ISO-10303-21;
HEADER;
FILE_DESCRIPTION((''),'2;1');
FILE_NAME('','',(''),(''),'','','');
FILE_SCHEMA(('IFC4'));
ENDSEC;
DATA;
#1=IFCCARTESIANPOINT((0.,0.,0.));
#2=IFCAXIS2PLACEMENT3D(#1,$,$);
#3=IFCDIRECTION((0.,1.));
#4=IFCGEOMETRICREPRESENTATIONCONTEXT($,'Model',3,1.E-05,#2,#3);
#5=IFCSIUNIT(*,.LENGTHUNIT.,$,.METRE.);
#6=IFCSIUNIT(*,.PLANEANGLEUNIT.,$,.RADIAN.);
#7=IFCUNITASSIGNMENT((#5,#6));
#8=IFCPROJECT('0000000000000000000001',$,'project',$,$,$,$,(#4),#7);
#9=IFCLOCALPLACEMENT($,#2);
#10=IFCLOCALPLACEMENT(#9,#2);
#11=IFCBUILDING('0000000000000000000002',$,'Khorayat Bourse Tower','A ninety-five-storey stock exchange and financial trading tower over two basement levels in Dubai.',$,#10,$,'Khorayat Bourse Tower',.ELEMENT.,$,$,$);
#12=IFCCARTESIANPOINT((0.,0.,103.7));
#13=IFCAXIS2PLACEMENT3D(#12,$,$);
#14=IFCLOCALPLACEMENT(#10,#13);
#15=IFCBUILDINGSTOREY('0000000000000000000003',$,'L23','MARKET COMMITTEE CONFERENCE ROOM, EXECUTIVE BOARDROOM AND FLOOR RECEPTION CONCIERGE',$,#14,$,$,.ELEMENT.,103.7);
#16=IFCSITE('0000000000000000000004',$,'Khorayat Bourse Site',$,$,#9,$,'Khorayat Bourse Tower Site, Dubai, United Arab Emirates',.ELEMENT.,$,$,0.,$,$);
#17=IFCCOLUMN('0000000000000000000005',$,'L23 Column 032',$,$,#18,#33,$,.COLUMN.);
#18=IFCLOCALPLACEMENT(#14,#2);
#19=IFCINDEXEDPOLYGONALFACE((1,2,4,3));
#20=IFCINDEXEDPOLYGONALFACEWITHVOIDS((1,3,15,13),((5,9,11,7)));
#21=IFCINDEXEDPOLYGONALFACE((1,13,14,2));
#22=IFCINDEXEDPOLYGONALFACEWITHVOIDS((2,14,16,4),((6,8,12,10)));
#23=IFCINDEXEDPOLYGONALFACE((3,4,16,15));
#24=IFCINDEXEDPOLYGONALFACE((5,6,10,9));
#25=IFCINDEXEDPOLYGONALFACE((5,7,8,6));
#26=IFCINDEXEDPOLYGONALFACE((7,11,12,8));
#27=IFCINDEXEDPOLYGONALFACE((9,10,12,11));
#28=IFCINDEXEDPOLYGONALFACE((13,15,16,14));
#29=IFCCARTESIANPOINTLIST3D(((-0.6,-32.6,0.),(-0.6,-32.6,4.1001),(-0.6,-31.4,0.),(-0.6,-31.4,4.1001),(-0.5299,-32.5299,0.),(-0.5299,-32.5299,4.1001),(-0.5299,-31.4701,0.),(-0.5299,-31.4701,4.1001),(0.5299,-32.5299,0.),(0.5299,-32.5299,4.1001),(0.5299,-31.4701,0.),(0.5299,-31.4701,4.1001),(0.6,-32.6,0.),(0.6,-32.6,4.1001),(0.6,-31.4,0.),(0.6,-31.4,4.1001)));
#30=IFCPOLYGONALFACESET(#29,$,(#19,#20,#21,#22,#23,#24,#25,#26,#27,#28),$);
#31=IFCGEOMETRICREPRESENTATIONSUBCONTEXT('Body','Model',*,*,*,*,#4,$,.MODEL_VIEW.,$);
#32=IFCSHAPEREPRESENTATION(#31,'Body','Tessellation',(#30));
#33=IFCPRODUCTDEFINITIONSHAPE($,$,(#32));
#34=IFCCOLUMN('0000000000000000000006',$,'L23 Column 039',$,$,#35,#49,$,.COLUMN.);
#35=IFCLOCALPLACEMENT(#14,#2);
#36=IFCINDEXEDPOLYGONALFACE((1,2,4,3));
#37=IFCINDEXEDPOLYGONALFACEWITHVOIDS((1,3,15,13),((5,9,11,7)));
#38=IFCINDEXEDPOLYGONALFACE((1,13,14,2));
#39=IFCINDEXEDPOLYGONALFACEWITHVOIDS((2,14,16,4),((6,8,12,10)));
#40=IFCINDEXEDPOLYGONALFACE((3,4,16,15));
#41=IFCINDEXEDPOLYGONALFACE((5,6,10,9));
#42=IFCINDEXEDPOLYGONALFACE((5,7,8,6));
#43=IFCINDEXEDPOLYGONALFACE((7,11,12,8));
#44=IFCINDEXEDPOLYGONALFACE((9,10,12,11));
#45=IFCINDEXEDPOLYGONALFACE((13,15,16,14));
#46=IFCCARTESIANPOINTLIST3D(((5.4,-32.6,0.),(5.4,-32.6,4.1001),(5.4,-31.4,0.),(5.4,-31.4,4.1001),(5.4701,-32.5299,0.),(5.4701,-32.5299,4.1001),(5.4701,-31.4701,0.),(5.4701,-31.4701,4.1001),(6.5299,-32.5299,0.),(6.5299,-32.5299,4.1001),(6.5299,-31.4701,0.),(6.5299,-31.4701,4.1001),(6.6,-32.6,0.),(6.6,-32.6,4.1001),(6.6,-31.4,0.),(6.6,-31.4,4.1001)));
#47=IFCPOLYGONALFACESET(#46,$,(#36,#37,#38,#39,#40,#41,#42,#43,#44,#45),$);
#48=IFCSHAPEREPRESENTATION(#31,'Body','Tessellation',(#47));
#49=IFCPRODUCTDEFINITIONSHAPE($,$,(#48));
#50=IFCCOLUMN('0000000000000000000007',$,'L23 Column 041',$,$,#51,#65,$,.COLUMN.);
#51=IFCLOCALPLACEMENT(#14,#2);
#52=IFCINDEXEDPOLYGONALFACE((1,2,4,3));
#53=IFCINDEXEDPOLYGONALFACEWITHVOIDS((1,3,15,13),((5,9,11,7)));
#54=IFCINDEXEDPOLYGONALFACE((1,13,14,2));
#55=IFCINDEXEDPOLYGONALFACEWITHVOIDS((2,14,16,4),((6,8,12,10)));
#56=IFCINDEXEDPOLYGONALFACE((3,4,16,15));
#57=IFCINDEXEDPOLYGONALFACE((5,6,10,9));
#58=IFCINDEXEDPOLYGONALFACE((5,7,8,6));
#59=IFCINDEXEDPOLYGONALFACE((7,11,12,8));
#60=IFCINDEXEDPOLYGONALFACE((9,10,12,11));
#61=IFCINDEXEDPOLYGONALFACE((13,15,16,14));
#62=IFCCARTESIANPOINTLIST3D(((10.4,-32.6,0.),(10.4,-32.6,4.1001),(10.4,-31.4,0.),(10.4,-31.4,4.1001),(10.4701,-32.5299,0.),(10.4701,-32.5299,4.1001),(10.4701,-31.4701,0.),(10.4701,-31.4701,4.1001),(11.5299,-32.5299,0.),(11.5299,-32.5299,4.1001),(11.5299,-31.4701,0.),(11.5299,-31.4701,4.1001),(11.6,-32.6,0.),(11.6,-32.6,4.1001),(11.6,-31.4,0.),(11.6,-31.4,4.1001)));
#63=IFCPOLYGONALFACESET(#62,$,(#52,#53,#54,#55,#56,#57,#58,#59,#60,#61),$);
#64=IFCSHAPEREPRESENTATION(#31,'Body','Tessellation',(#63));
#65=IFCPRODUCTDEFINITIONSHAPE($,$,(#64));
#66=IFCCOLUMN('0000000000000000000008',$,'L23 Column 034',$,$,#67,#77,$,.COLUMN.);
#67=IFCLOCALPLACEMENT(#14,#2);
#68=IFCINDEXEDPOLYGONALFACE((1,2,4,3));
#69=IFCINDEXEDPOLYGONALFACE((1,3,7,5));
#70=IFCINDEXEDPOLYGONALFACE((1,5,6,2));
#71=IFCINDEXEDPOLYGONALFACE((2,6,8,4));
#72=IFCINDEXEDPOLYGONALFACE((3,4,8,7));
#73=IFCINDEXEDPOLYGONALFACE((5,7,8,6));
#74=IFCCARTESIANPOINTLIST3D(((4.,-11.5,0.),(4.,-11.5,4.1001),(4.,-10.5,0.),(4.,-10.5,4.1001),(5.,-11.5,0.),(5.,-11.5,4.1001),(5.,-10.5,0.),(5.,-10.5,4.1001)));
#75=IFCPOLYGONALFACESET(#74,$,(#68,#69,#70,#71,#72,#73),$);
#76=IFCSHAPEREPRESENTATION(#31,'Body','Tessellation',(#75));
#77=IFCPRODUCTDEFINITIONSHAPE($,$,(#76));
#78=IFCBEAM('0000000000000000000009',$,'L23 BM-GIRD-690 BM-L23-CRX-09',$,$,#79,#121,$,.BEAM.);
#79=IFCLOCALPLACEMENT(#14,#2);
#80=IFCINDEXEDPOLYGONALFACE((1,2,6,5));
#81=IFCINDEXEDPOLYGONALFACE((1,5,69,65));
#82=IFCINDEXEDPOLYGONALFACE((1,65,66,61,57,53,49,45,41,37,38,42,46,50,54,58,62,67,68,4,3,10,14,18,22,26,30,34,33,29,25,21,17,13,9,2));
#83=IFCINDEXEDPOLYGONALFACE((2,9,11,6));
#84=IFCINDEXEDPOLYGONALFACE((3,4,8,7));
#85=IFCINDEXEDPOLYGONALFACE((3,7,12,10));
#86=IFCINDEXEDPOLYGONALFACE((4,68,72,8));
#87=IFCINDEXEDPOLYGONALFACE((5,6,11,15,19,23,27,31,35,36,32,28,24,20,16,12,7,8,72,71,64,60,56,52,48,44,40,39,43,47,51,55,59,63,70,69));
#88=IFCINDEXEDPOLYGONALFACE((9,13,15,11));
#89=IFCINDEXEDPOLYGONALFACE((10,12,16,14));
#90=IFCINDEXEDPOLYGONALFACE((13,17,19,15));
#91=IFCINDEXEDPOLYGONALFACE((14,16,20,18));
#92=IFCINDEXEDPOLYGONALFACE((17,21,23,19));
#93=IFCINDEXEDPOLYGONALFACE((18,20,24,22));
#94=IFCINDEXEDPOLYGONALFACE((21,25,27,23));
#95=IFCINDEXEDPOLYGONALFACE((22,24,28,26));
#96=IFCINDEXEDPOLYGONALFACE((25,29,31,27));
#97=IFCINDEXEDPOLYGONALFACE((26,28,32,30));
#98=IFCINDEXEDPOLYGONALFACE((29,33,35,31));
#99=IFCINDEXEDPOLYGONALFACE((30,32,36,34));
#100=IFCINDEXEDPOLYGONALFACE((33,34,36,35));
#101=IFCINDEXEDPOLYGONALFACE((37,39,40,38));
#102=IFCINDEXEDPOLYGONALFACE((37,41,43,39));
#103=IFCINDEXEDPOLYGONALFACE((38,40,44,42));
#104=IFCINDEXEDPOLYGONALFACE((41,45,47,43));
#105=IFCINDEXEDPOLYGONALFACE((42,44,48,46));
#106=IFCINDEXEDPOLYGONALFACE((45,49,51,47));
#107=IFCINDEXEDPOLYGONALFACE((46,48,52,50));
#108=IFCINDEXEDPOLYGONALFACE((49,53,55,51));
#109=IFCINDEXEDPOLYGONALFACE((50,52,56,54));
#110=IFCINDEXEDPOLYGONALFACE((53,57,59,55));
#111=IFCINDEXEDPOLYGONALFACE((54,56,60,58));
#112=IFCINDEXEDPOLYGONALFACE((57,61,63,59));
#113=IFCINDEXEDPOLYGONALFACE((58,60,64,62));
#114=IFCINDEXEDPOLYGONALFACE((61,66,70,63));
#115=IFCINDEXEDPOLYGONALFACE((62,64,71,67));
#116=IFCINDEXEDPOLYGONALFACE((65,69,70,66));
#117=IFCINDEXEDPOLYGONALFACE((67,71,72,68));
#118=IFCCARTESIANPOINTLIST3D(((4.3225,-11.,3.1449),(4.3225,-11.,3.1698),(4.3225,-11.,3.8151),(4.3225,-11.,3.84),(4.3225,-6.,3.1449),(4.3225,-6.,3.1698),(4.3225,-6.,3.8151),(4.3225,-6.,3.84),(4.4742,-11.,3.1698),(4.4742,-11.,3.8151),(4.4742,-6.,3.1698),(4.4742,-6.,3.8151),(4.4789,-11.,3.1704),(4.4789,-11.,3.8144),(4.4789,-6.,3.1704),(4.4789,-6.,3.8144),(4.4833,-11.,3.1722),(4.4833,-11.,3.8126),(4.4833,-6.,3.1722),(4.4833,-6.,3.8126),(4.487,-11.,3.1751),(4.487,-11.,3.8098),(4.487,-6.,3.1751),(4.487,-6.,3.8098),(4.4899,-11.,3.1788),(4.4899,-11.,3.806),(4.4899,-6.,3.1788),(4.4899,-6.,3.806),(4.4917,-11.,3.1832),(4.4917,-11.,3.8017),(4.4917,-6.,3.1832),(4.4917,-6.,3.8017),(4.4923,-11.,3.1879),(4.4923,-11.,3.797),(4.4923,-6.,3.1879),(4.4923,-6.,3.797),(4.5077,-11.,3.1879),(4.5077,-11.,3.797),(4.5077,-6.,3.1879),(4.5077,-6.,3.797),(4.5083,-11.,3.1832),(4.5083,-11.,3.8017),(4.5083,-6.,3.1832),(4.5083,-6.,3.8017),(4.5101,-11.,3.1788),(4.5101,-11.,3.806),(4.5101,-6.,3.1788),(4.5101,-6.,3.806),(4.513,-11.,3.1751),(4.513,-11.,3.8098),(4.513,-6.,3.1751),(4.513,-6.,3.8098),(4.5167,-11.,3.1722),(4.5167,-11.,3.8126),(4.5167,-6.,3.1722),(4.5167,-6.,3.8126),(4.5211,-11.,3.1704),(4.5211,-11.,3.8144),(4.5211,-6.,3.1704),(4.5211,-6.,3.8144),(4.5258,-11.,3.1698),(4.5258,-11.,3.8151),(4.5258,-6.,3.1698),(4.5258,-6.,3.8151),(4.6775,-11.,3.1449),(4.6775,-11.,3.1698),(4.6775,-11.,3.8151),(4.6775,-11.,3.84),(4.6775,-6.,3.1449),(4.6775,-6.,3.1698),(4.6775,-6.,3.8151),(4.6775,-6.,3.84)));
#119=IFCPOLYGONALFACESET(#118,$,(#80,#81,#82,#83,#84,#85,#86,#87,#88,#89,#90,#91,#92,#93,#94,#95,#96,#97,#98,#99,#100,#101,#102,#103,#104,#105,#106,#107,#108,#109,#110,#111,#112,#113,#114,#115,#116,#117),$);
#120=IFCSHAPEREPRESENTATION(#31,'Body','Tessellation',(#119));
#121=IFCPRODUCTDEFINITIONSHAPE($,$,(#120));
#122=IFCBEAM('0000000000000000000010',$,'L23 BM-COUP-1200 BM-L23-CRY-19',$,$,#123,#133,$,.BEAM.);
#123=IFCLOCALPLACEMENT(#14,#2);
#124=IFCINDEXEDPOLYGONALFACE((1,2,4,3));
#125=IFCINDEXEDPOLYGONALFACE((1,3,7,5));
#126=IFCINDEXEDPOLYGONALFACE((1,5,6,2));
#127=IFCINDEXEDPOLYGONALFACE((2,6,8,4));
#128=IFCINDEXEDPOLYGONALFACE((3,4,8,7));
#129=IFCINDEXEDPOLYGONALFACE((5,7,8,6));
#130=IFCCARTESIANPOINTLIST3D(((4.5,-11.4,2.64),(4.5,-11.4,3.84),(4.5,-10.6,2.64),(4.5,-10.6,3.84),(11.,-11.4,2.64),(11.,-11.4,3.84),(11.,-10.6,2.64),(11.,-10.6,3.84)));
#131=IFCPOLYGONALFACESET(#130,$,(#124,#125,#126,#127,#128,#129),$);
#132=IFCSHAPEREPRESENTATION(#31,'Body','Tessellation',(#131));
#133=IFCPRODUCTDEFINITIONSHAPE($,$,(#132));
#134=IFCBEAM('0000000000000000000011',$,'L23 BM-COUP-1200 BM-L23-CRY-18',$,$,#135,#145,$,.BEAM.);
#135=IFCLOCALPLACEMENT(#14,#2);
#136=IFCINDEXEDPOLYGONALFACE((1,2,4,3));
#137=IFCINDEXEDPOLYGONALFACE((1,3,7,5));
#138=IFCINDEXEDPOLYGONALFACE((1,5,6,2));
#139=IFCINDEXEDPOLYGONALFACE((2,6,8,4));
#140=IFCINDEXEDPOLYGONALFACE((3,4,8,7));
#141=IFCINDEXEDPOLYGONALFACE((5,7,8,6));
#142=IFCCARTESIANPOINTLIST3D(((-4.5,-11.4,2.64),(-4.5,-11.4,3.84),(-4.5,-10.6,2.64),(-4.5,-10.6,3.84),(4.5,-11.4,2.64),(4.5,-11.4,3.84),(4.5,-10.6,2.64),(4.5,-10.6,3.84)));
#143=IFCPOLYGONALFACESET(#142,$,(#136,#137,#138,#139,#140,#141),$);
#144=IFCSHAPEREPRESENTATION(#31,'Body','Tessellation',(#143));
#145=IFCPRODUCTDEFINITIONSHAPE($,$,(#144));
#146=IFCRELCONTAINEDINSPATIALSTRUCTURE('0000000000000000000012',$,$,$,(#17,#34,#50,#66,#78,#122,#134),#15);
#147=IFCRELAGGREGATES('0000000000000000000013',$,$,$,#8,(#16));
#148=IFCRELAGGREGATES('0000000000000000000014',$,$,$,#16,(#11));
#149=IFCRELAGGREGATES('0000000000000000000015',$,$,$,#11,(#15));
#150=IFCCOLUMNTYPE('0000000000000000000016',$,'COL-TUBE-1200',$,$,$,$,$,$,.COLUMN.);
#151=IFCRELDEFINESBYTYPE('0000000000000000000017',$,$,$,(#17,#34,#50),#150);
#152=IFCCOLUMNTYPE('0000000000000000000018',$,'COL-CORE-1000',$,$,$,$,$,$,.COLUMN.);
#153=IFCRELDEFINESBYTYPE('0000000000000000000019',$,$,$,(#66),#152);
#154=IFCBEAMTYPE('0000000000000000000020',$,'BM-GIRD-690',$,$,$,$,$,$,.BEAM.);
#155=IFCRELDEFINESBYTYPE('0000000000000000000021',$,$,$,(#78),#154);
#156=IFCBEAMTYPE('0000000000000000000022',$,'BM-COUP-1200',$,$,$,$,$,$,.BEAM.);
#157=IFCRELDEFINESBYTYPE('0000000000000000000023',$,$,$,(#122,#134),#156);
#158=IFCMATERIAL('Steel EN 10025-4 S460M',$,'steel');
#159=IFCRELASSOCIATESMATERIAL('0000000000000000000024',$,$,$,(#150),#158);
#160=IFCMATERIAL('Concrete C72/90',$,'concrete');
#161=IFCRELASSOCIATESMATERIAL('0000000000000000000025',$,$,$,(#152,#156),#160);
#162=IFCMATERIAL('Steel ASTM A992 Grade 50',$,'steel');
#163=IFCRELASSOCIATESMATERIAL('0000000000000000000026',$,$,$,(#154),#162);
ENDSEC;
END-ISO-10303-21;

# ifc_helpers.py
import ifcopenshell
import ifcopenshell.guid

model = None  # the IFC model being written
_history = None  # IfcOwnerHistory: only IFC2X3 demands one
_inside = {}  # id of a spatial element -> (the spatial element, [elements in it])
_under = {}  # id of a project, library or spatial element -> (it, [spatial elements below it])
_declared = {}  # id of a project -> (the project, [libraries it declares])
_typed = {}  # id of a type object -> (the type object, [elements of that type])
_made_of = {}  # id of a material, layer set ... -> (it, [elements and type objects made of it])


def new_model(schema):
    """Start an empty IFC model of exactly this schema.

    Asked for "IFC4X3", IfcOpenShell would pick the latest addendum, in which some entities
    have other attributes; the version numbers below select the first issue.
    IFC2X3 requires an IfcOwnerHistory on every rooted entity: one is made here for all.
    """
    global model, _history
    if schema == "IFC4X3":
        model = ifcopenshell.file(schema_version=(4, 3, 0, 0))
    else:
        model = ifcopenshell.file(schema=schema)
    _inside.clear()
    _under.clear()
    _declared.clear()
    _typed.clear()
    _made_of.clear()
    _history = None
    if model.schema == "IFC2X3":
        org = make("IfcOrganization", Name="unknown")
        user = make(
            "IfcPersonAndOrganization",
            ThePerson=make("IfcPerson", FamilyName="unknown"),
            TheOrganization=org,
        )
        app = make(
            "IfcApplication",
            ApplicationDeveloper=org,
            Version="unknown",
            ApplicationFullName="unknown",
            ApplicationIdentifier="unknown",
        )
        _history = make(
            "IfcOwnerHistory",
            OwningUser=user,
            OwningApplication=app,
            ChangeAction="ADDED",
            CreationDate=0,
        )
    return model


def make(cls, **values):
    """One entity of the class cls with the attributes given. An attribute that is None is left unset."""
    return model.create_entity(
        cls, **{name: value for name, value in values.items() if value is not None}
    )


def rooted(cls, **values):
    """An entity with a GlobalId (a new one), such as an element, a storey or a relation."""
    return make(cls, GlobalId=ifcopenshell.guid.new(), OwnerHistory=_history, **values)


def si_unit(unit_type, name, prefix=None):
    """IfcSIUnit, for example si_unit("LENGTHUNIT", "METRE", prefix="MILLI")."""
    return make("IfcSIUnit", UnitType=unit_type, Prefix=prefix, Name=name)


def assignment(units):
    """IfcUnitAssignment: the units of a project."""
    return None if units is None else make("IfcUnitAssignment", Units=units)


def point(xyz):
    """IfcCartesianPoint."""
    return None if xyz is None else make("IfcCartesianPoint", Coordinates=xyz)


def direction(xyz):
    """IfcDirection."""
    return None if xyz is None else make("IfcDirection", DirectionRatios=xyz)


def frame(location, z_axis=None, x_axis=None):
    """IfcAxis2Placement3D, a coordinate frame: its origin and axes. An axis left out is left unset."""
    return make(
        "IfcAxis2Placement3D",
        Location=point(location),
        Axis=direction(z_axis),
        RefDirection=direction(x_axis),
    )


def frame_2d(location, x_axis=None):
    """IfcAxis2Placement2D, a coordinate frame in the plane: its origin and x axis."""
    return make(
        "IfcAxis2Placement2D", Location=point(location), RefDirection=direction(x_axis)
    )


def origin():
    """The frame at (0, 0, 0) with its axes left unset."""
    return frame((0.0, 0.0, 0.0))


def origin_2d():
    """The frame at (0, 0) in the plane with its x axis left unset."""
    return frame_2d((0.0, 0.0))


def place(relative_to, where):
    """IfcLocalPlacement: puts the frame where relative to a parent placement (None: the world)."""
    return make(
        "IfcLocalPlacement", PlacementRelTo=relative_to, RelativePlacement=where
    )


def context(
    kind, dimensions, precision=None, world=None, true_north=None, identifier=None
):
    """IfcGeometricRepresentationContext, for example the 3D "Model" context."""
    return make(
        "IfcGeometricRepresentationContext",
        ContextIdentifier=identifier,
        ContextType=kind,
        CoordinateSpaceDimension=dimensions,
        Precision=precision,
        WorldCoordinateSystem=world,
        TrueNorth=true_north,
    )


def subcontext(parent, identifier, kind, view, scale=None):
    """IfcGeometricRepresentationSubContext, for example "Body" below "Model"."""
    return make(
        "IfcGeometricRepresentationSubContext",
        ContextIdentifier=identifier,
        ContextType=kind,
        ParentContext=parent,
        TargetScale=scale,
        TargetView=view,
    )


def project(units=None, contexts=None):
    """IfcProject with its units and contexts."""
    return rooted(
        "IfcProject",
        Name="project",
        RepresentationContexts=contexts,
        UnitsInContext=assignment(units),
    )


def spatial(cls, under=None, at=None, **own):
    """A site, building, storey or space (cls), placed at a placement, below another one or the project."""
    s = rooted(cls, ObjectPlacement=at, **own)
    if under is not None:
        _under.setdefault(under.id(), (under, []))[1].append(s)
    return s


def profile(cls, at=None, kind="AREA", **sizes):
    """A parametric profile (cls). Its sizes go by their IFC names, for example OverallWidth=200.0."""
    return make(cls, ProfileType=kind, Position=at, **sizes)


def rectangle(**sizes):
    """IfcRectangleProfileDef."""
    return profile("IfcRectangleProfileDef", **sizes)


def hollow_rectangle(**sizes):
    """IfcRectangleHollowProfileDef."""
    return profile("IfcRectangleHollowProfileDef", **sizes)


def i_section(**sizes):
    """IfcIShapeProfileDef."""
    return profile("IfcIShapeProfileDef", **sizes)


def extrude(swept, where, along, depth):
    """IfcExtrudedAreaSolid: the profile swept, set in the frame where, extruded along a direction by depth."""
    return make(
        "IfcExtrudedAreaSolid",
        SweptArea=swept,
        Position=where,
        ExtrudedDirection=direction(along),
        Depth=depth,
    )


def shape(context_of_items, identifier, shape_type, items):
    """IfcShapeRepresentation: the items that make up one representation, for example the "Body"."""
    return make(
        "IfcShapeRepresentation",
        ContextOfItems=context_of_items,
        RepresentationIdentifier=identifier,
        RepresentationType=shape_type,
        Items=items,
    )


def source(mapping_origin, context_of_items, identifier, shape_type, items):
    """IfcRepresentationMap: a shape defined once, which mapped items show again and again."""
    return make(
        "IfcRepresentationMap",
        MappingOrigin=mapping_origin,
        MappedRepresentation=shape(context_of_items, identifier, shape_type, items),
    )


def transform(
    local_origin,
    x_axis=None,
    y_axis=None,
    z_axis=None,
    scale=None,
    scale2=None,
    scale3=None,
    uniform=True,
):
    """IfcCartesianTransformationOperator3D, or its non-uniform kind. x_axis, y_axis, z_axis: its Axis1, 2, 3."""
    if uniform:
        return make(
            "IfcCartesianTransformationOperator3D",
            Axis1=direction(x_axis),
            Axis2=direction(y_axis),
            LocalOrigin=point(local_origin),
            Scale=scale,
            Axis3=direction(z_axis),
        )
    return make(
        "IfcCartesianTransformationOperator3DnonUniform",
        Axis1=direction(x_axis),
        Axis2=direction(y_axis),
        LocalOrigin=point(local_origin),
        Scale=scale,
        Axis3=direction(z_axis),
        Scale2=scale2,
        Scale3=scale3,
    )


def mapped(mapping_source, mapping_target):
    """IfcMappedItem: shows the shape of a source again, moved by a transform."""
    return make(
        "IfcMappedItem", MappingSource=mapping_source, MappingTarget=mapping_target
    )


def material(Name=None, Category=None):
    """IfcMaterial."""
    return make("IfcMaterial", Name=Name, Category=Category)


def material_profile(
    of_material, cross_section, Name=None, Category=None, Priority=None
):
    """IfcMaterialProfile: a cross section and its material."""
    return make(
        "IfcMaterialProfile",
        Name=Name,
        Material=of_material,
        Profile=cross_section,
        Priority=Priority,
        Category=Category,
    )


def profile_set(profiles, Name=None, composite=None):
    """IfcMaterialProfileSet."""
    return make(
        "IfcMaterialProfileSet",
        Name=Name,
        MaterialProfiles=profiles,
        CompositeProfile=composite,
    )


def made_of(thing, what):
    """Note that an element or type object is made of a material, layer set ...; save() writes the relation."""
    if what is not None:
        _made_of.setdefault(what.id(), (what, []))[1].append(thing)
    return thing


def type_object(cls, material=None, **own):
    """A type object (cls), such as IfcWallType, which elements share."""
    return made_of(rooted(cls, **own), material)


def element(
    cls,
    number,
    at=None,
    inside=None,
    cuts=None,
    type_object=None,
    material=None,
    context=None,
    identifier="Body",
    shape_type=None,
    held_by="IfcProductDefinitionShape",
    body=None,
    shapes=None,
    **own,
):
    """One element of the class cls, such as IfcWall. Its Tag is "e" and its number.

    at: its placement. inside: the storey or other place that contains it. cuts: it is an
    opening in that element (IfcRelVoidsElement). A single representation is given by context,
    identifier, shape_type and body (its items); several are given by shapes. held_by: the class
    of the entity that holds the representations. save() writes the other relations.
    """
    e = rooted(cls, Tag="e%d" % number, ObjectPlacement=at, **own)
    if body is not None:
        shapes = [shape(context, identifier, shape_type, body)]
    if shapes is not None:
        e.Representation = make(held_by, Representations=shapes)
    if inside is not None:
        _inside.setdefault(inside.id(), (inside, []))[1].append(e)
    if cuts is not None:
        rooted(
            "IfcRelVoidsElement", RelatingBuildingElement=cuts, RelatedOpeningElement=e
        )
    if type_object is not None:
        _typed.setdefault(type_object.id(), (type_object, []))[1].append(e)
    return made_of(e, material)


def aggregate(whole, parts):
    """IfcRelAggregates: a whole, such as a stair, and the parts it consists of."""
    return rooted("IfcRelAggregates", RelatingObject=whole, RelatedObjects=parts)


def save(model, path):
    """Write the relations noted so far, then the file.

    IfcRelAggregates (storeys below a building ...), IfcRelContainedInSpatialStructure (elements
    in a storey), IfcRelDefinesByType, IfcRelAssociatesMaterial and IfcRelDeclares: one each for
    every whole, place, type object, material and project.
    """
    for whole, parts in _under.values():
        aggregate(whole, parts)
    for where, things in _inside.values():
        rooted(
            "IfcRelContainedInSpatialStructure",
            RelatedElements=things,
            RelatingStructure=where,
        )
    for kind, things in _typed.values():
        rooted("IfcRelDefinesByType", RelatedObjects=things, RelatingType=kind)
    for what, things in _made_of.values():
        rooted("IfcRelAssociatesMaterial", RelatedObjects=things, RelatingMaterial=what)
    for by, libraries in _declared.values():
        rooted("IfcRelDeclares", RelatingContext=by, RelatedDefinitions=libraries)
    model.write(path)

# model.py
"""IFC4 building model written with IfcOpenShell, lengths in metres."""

from ifc_helpers import new_model, si_unit, direction, frame, origin, origin_2d, place, context, subcontext, project, spatial, rectangle, hollow_rectangle, i_section, extrude, source, transform, mapped, material, material_profile, profile_set, type_object, element, save


model = new_model("IFC4")

# Units and contexts
model_context = context("Model", 3, precision=1e-05, world=origin(), true_north=direction((0.0, 1.0)))
body_context = subcontext(model_context, "Body", "Model", "MODEL_VIEW")
ifc_project = project(units=[si_unit("LENGTHUNIT", "METRE"), si_unit("PLANEANGLEUNIT", "RADIAN")], contexts=[model_context])

# Site, building, storey
site_placement = place(None, origin())
site = spatial("IfcSite", under=ifc_project, at=site_placement, Name="Khorayat Bourse Site", LongName="Khorayat Bourse Tower Site, Dubai, United Arab Emirates", CompositionType="ELEMENT", RefElevation=0.0)
building_placement = place(site_placement, origin())
building = spatial("IfcBuilding", under=site, at=building_placement, Name="Khorayat Bourse Tower", Description="A ninety-five-storey stock exchange and financial trading tower over two basement levels in Dubai.", LongName="Khorayat Bourse Tower", CompositionType="ELEMENT")
storey_placement = place(building_placement, frame((0.0, 0.0, 103.7)))
storey = spatial("IfcBuildingStorey", under=building, at=storey_placement, Name="L23", Description="MARKET COMMITTEE CONFERENCE ROOM, EXECUTIVE BOARDROOM AND FLOOR RECEPTION CONCIERGE", CompositionType="ELEMENT", Elevation=103.7)

# Columns
ifc_material_1 = material(Name="Steel EN 10025-4 S460M", Category="steel")
ifc_material_profile_1 = material_profile(ifc_material_1, hollow_rectangle(XDim=1.2, YDim=1.2, WallThickness=0.0701, at=origin_2d()), Name="BOX 1200x1200x70")
ifc_profile_set_1 = profile_set([ifc_material_profile_1], Name="Steel EN 10025-4 S460M")
column_type_1 = type_object("IfcColumnType", Name="COL-TUBE-1200", PredefinedType="COLUMN", material=ifc_profile_set_1)
shared_shape_1 = source(origin(), body_context, "Body", "SweptSolid", [
    extrude(hollow_rectangle(XDim=1.2, YDim=1.2, WallThickness=0.0701, at=origin_2d()), origin(), (0.0, 0.0, 1.0), 4.1001),
])
for number, where, z_axis, x_axis, name in (
    (1, (0.0, -32.0, 0.0), (0.0, 0.0, 1.0), (1.0, 0.0, 0.0), "L23 Column 032"),
    (2, (6.0, -32.0, 0.0), (0.0, 0.0, 1.0), (1.0, 0.0, 0.0), "L23 Column 039"),
    (3, (11.0, -32.0, 0.0), (0.0, 0.0, 1.0), (1.0, 0.0, 0.0), "L23 Column 041"),
):
    element("IfcColumn", number, at=place(storey_placement, frame(where, z_axis=z_axis, x_axis=x_axis)), inside=storey, type_object=column_type_1, Name=name, PredefinedType="COLUMN", context=body_context, shape_type="MappedRepresentation", body=[
        mapped(shared_shape_1, transform((0.0, 0.0, 0.0), scale=1.0)),
    ])
ifc_material_2 = material(Name="Concrete C72/90", Category="concrete")
ifc_material_profile_2 = material_profile(ifc_material_2, rectangle(XDim=1.0, YDim=1.0, at=origin_2d()), Name="RC 1000x1000")
ifc_profile_set_2 = profile_set([ifc_material_profile_2], Name="Concrete C72/90")
column_type_2 = type_object("IfcColumnType", Name="COL-CORE-1000", PredefinedType="COLUMN", material=ifc_profile_set_2)
shared_shape_2 = source(origin(), body_context, "Body", "SweptSolid", [
    extrude(rectangle(XDim=1.0, YDim=1.0, at=origin_2d()), origin(), (0.0, 0.0, 1.0), 4.1001),
])
column_placement = place(storey_placement, frame((4.5, -11.0, 0.0), z_axis=(0.0, 0.0, 1.0), x_axis=(1.0, 0.0, 0.0)))
element("IfcColumn", 4, at=column_placement, inside=storey, type_object=column_type_2, Name="L23 Column 034", PredefinedType="COLUMN", context=body_context, shape_type="MappedRepresentation", body=[
    mapped(shared_shape_2, transform((0.0, 0.0, 0.0), scale=1.0)),
])

# Beams
ifc_material_3 = material(Name="Steel ASTM A992 Grade 50", Category="steel")
ifc_material_profile_3 = material_profile(ifc_material_3, i_section(OverallWidth=0.355, OverallDepth=0.6951, WebThickness=0.0154, FlangeThickness=0.0249, FilletRadius=0.0181, at=origin_2d()), Name="W690X217")
ifc_profile_set_3 = profile_set([ifc_material_profile_3], Name="Steel ASTM A992 Grade 50")
beam_type_1 = type_object("IfcBeamType", Name="BM-GIRD-690", PredefinedType="BEAM", material=ifc_profile_set_3)
shared_shape_3 = source(origin(), body_context, "Body", "SweptSolid", [
    extrude(i_section(OverallWidth=0.355, OverallDepth=0.6951, WebThickness=0.0154, FlangeThickness=0.0249, FilletRadius=0.0181, at=origin_2d()), origin(), (0.0, 0.0, 1.0), 5.0),
])
beam_1_placement = place(storey_placement, frame((4.5, -11.0, 3.4924), z_axis=(0.0, 1.0, 0.0), x_axis=(-1.0, 0.0, 0.0)))
element("IfcBeam", 5, at=beam_1_placement, inside=storey, type_object=beam_type_1, Name="L23 BM-GIRD-690 BM-L23-CRX-09", PredefinedType="BEAM", context=body_context, shape_type="MappedRepresentation", body=[
    mapped(shared_shape_3, transform((0.0, 0.0, 0.0), scale=1.0)),
])
ifc_material_profile_4 = material_profile(ifc_material_2, rectangle(XDim=0.8, YDim=1.2, at=origin_2d()), Name="RC 800x1200")
ifc_profile_set_4 = profile_set([ifc_material_profile_4], Name="Concrete C72/90")
beam_type_2 = type_object("IfcBeamType", Name="BM-COUP-1200", PredefinedType="BEAM", material=ifc_profile_set_4)
shared_shape_4 = source(origin(), body_context, "Body", "SweptSolid", [
    extrude(rectangle(XDim=0.8, YDim=1.2, at=origin_2d()), origin(), (0.0, 0.0, 1.0), 6.5),
])
beam_2_placement = place(storey_placement, frame((4.5, -11.0, 3.24), z_axis=(1.0, 0.0, 0.0), x_axis=(0.0, 1.0, 0.0)))
element("IfcBeam", 6, at=beam_2_placement, inside=storey, type_object=beam_type_2, Name="L23 BM-COUP-1200 BM-L23-CRY-19", PredefinedType="BEAM", context=body_context, shape_type="MappedRepresentation", body=[
    mapped(shared_shape_4, transform((0.0, 0.0, 0.0), scale=1.0)),
])
shared_shape_5 = source(origin(), body_context, "Body", "SweptSolid", [
    extrude(rectangle(XDim=0.8, YDim=1.2, at=origin_2d()), origin(), (0.0, 0.0, 1.0), 9.0),
])
beam_3_placement = place(storey_placement, frame((-4.5, -11.0, 3.24), z_axis=(1.0, 0.0, 0.0), x_axis=(0.0, 1.0, 0.0)))
element("IfcBeam", 7, at=beam_3_placement, inside=storey, type_object=beam_type_2, Name="L23 BM-COUP-1200 BM-L23-CRY-18", PredefinedType="BEAM", context=body_context, shape_type="MappedRepresentation", body=[
    mapped(shared_shape_5, transform((0.0, 0.0, 0.0), scale=1.0)),
])

save(model, "model.ifc")
